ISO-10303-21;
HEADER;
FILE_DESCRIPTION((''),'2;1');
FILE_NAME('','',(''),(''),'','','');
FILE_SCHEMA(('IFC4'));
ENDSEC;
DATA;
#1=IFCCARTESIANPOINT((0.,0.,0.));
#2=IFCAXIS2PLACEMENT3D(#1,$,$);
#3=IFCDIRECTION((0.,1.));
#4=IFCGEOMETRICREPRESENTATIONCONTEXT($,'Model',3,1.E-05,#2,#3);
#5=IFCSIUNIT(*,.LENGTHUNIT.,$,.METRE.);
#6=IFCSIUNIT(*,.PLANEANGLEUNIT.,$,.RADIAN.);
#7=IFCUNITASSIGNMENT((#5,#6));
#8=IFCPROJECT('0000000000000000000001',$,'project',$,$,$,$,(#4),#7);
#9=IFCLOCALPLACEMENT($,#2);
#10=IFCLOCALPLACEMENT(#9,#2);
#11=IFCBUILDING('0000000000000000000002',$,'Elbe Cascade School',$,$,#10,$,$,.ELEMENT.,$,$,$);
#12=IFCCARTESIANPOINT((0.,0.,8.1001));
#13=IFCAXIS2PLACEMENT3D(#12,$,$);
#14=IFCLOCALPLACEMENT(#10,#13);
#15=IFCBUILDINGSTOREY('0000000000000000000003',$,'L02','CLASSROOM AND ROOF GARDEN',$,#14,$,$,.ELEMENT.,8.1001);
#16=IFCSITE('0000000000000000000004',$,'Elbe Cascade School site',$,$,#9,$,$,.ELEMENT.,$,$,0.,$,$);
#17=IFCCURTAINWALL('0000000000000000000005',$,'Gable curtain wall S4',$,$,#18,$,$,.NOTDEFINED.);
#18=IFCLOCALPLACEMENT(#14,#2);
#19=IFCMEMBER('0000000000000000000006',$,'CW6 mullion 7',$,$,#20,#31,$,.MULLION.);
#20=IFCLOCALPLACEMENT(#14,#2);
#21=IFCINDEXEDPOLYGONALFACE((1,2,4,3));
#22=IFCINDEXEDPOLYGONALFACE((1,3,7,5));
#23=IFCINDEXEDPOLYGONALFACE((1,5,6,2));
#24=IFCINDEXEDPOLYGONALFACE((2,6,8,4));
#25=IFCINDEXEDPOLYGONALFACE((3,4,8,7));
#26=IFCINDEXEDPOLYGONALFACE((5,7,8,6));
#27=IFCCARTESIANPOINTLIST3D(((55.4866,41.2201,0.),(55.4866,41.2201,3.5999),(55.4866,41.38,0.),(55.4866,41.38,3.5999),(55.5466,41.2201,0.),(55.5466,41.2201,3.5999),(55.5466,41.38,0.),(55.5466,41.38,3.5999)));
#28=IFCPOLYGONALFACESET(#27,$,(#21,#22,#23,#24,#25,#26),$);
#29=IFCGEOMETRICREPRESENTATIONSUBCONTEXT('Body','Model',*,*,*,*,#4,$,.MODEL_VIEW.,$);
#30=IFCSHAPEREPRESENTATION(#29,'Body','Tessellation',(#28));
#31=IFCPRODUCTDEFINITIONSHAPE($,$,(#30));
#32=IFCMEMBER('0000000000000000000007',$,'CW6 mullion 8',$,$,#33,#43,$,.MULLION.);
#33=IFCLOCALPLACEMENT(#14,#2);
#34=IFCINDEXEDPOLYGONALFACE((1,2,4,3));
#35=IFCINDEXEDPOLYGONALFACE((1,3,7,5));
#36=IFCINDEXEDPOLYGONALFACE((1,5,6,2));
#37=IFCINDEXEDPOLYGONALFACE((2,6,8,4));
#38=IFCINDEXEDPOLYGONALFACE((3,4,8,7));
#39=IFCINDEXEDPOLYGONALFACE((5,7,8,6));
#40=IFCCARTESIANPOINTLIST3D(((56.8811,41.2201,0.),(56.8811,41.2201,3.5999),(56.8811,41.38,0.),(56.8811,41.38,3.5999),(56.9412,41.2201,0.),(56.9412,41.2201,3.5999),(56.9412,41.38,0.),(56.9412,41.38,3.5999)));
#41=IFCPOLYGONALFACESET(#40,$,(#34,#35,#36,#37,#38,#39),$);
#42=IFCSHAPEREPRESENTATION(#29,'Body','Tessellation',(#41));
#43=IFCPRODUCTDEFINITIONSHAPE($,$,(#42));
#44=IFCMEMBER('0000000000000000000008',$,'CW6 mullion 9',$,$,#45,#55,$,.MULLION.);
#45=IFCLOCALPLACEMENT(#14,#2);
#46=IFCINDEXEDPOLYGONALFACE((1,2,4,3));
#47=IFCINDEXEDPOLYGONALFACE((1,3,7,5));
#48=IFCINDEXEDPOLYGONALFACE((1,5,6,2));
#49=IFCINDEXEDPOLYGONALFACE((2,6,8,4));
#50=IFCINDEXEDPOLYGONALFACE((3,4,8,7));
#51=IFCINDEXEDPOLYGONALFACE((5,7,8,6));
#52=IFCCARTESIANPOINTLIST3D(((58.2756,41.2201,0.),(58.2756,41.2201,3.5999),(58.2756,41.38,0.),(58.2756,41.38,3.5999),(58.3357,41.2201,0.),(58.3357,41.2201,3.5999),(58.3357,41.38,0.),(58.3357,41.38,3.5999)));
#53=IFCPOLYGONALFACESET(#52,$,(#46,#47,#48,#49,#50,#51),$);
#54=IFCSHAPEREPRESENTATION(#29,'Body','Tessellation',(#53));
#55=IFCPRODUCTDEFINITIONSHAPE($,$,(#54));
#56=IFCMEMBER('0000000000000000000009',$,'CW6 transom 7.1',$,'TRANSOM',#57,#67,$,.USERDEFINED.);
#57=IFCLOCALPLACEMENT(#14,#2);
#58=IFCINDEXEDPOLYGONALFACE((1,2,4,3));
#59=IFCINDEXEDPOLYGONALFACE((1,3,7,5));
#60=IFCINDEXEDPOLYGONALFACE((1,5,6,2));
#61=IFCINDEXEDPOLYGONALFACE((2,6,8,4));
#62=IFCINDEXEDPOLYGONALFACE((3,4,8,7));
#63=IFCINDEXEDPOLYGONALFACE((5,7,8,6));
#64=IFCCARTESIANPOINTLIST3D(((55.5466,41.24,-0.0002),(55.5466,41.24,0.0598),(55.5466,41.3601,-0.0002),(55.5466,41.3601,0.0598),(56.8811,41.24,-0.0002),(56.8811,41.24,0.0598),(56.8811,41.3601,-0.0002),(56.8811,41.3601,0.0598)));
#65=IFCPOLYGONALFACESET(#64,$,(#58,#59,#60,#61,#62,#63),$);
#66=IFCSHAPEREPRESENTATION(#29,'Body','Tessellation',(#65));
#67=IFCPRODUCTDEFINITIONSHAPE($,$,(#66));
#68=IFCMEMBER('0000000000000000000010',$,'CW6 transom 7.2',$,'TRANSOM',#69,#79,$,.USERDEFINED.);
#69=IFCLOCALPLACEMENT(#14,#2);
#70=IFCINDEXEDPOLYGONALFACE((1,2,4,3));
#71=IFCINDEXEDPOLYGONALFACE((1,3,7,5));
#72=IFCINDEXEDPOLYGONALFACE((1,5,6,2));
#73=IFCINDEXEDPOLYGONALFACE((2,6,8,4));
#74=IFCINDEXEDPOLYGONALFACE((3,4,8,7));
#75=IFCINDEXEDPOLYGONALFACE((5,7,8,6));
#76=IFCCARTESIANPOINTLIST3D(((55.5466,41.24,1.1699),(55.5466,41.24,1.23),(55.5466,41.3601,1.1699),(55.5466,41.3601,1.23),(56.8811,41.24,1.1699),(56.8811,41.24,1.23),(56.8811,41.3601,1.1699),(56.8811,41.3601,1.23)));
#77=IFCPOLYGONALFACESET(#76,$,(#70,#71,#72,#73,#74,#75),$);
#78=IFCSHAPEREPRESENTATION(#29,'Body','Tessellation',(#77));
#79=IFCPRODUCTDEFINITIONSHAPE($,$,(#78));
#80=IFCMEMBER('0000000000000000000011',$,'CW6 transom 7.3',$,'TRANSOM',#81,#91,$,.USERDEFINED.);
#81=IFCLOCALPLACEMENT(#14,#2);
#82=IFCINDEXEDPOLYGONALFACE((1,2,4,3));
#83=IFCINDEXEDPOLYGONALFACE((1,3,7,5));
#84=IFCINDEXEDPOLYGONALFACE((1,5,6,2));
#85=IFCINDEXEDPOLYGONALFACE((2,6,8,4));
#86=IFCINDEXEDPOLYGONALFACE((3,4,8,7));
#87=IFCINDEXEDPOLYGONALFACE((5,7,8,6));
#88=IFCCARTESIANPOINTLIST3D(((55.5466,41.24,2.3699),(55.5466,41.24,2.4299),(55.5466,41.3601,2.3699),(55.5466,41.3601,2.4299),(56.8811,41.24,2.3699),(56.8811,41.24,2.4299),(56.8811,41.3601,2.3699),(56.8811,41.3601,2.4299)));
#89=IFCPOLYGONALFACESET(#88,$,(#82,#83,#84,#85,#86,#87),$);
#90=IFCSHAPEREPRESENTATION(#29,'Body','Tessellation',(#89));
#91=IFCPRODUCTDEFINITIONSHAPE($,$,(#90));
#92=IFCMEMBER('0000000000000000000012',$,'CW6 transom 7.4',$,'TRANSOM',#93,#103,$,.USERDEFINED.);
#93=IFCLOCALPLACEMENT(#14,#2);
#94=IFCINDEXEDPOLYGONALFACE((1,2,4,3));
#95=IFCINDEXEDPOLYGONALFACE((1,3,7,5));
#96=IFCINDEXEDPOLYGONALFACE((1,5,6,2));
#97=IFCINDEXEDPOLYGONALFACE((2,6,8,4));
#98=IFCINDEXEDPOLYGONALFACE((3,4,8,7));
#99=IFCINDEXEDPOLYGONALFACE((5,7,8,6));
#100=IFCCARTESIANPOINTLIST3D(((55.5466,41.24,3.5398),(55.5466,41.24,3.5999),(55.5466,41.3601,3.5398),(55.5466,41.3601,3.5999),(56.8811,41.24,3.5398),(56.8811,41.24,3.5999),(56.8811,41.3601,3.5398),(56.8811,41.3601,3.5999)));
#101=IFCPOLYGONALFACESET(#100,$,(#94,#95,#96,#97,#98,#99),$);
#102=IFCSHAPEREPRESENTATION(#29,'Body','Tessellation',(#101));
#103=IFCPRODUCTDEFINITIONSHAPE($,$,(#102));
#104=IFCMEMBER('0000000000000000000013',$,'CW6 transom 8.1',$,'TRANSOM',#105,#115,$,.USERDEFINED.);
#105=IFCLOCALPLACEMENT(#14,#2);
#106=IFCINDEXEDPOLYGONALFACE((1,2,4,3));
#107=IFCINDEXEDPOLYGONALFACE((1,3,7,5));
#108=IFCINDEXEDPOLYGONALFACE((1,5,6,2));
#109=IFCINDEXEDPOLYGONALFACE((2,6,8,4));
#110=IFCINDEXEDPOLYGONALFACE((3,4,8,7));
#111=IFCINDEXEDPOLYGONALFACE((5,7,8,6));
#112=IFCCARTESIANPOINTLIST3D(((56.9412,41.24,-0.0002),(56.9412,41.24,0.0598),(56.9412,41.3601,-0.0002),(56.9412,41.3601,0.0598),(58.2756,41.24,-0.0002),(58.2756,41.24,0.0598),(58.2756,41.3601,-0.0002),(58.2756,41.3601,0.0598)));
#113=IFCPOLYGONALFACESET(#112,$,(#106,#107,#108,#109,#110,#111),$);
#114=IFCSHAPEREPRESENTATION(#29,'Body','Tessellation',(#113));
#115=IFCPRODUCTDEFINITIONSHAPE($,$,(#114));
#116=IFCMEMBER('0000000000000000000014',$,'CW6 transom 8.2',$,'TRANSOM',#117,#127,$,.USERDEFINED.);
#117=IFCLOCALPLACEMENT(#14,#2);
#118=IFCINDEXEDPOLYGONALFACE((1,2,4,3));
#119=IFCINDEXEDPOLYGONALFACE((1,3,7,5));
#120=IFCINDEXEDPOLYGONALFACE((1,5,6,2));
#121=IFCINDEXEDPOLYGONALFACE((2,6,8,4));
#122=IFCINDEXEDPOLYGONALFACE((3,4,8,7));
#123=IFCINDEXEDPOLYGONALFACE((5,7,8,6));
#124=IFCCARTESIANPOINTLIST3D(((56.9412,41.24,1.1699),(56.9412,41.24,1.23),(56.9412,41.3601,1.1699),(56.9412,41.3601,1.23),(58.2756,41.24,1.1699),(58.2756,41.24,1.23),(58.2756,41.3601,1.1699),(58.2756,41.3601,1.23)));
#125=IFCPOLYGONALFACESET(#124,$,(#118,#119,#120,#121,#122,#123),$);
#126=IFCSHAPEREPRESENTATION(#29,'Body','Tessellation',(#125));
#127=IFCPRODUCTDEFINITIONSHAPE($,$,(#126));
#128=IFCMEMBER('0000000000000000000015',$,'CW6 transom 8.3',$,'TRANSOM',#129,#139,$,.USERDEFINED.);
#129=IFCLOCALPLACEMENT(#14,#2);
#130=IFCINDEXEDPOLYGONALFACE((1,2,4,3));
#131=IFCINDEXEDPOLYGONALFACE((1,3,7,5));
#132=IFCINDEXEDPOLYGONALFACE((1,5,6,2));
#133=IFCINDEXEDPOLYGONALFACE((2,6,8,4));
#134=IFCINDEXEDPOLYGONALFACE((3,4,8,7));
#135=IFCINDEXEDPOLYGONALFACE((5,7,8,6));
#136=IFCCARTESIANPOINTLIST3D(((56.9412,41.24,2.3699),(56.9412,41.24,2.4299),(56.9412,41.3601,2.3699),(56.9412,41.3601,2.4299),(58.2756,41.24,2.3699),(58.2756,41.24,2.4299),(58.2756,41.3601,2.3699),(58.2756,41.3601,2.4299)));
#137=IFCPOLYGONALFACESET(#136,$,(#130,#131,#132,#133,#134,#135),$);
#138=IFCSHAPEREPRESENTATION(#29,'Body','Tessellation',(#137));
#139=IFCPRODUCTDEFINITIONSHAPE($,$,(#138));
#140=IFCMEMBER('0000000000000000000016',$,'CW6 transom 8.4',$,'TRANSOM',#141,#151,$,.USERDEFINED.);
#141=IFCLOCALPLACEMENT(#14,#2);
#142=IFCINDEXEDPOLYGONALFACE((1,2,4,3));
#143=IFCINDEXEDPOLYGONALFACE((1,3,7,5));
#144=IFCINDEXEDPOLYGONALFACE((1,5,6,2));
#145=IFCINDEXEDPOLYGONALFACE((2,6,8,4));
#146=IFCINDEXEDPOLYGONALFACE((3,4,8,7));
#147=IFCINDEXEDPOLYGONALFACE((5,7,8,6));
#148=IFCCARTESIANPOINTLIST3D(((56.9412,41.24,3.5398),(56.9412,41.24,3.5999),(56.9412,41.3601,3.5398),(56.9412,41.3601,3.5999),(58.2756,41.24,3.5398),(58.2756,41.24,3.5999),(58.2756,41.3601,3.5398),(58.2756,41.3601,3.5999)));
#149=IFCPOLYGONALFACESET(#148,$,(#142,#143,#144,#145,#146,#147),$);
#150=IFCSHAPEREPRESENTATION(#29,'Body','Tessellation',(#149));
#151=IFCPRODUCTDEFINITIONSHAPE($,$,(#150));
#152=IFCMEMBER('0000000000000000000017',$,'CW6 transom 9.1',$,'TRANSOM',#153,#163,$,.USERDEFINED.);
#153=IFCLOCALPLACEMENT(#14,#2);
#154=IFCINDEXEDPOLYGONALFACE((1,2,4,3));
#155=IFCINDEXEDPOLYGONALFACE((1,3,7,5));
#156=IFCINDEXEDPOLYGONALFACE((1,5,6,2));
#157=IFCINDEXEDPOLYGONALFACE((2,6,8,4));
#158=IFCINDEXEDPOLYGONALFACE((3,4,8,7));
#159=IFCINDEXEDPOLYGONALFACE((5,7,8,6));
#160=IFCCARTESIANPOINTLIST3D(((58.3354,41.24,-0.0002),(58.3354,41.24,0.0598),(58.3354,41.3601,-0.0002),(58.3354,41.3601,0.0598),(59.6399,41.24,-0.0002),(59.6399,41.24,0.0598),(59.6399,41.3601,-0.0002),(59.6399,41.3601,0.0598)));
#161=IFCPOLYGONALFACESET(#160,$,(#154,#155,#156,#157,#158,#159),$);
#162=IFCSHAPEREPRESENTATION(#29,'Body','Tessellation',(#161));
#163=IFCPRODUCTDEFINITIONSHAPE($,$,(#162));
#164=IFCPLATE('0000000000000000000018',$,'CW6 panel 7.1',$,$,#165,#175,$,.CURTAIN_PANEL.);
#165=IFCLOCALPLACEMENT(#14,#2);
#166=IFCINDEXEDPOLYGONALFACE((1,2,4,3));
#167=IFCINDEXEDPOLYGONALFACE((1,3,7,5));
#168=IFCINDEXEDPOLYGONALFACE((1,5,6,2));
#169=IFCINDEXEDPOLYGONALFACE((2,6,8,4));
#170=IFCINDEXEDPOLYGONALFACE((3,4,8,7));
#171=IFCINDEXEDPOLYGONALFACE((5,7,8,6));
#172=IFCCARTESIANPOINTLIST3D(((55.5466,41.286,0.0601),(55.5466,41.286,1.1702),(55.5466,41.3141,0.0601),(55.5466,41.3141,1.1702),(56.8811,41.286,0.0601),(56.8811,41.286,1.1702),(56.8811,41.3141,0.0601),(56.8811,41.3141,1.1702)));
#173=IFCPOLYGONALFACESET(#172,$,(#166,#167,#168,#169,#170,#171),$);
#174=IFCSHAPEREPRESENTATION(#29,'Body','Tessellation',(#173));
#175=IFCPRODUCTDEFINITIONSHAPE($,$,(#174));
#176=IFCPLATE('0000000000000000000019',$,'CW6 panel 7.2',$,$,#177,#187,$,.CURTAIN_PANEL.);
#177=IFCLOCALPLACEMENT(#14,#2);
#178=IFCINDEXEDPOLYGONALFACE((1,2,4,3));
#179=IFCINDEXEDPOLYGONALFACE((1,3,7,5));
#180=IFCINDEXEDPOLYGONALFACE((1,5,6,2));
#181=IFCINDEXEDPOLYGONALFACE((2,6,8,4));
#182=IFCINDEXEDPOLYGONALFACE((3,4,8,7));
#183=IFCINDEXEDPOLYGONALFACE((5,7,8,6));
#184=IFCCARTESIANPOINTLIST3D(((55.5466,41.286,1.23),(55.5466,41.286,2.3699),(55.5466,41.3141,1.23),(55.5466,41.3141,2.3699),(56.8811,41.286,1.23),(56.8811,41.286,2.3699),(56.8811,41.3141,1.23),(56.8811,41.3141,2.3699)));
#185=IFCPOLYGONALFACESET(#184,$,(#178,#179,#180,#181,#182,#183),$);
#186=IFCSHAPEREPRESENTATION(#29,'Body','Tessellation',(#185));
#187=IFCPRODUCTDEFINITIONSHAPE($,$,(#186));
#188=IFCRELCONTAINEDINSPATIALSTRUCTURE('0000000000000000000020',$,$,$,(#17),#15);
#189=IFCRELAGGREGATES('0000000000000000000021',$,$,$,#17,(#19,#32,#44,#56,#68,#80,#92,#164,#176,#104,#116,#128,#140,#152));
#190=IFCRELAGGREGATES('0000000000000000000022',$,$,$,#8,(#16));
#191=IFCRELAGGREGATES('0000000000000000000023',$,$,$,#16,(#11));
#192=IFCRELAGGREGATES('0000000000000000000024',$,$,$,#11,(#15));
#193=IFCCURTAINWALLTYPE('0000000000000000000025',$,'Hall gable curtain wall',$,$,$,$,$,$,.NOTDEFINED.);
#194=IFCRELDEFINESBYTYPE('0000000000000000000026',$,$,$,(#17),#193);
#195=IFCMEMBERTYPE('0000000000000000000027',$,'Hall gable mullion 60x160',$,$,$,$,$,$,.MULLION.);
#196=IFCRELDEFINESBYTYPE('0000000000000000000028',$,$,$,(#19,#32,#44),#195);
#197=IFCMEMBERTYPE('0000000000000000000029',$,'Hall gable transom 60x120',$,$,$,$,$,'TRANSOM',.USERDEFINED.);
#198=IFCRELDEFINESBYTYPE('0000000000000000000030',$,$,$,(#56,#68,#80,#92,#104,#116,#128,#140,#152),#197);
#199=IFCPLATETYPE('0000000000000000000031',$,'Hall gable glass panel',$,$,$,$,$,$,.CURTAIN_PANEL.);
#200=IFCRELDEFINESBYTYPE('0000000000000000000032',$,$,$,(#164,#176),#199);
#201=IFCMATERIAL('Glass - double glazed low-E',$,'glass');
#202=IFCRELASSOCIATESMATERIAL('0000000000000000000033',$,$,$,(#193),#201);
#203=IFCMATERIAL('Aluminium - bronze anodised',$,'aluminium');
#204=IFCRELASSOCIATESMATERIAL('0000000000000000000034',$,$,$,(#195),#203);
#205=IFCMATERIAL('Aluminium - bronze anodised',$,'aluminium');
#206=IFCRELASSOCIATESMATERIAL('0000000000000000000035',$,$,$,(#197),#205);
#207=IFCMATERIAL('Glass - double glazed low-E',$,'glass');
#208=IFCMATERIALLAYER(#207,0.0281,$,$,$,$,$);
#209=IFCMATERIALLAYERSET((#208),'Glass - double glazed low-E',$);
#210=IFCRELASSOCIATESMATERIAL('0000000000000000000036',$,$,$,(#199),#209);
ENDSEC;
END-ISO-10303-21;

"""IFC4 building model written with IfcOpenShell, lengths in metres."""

from ifc_helpers import new_model, si_unit, direction, frame, origin, origin_2d, place, context, subcontext, project, spatial, rectangle, extrude, material, layer, layer_set, material_profile, profile_set, type_object, element, aggregate, save


model = new_model("IFC4")

# Units and contexts
model_context = context("Model", 3, precision=1e-05, world=origin(), true_north=direction((0.0, 1.0)))
body_context = subcontext(model_context, "Body", "Model", "MODEL_VIEW")
ifc_project = project(units=[si_unit("LENGTHUNIT", "METRE"), si_unit("PLANEANGLEUNIT", "RADIAN")], contexts=[model_context])

# Site, building, storey
site_placement = place(None, origin())
site = spatial("IfcSite", under=ifc_project, at=site_placement, Name="Elbe Cascade School site", CompositionType="ELEMENT", RefElevation=0.0)
building_placement = place(site_placement, origin())
building = spatial("IfcBuilding", under=site, at=building_placement, Name="Elbe Cascade School", CompositionType="ELEMENT")
storey_placement = place(building_placement, frame((0.0, 0.0, 8.1001)))
storey = spatial("IfcBuildingStorey", under=building, at=storey_placement, Name="L02", Description="CLASSROOM AND ROOF GARDEN", CompositionType="ELEMENT", Elevation=8.1001)

# Curtain wall, members, plates
ifc_material_1 = material(Name="Glass - double glazed low-E", Category="glass")
curtain_wall_type = type_object("IfcCurtainWallType", Name="Hall gable curtain wall", PredefinedType="NOTDEFINED", material=ifc_material_1)
curtain_wall_placement = place(storey_placement, origin())
curtain_wall = element("IfcCurtainWall", 1, at=curtain_wall_placement, inside=storey, type_object=curtain_wall_type, Name="Gable curtain wall S4", PredefinedType="NOTDEFINED")
ifc_material_2 = material(Name="Aluminium - bronze anodised", Category="aluminium")
ifc_material_profile_1 = material_profile(ifc_material_2, rectangle(XDim=0.1599, YDim=0.0601, at=origin_2d()), Name="Alu 60x160")
ifc_profile_set_1 = profile_set([ifc_material_profile_1], Name="Aluminium - bronze anodised")
member_type_1 = type_object("IfcMemberType", Name="Hall gable mullion 60x160", PredefinedType="MULLION", material=ifc_profile_set_1)
member_1_placement = place(storey_placement, frame((55.5166, 41.3, 0.0), z_axis=(0.0, 0.0, 1.0), x_axis=(0.0, 1.0, 0.0)))
member_1 = element("IfcMember", 2, at=member_1_placement, type_object=member_type_1, Name="CW6 mullion 7", PredefinedType="MULLION", context=body_context, shape_type="SweptSolid", body=[
    extrude(rectangle(XDim=0.1599, YDim=0.0601, at=origin_2d()), origin(), (0.0, 0.0, 1.0), 3.5999),
])
member_2_placement = place(storey_placement, frame((56.9111, 41.3, 0.0), z_axis=(0.0, 0.0, 1.0), x_axis=(0.0, 1.0, 0.0)))
member_2 = element("IfcMember", 3, at=member_2_placement, type_object=member_type_1, Name="CW6 mullion 8", PredefinedType="MULLION", context=body_context, shape_type="SweptSolid", body=[
    extrude(rectangle(XDim=0.1599, YDim=0.0601, at=origin_2d()), origin(), (0.0, 0.0, 1.0), 3.5999),
])
member_3_placement = place(storey_placement, frame((58.3057, 41.3, 0.0), z_axis=(0.0, 0.0, 1.0), x_axis=(0.0, 1.0, 0.0)))
member_3 = element("IfcMember", 4, at=member_3_placement, type_object=member_type_1, Name="CW6 mullion 9", PredefinedType="MULLION", context=body_context, shape_type="SweptSolid", body=[
    extrude(rectangle(XDim=0.1599, YDim=0.0601, at=origin_2d()), origin(), (0.0, 0.0, 1.0), 3.5999),
])
ifc_material_3 = material(Name="Aluminium - bronze anodised", Category="aluminium")
ifc_material_profile_2 = material_profile(ifc_material_3, rectangle(XDim=0.1201, YDim=0.0601, at=origin_2d()), Name="Alu 60x120")
ifc_profile_set_2 = profile_set([ifc_material_profile_2], Name="Aluminium - bronze anodised")
member_type_2 = type_object("IfcMemberType", Name="Hall gable transom 60x120", ElementType="TRANSOM", PredefinedType="USERDEFINED", material=ifc_profile_set_2)
member_4_placement = place(storey_placement, frame((55.5466, 41.3, 0.0298), z_axis=(1.0, 0.0, 0.0), x_axis=(0.0, 1.0, 0.0)))
member_4 = element("IfcMember", 5, at=member_4_placement, type_object=member_type_2, Name="CW6 transom 7.1", ObjectType="TRANSOM", PredefinedType="USERDEFINED", context=body_context, shape_type="SweptSolid", body=[
    extrude(rectangle(XDim=0.1201, YDim=0.0601, at=origin_2d()), origin(), (0.0, 0.0, 1.0), 1.3345),
])
member_5_placement = place(storey_placement, frame((55.5466, 41.3, 1.2), z_axis=(1.0, 0.0, 0.0), x_axis=(0.0, 1.0, 0.0)))
member_5 = element("IfcMember", 6, at=member_5_placement, type_object=member_type_2, Name="CW6 transom 7.2", ObjectType="TRANSOM", PredefinedType="USERDEFINED", context=body_context, shape_type="SweptSolid", body=[
    extrude(rectangle(XDim=0.1201, YDim=0.0601, at=origin_2d()), origin(), (0.0, 0.0, 1.0), 1.3345),
])
member_6_placement = place(storey_placement, frame((55.5466, 41.3, 2.3999), z_axis=(1.0, 0.0, 0.0), x_axis=(0.0, 1.0, 0.0)))
member_6 = element("IfcMember", 7, at=member_6_placement, type_object=member_type_2, Name="CW6 transom 7.3", ObjectType="TRANSOM", PredefinedType="USERDEFINED", context=body_context, shape_type="SweptSolid", body=[
    extrude(rectangle(XDim=0.1201, YDim=0.0601, at=origin_2d()), origin(), (0.0, 0.0, 1.0), 1.3345),
])
member_7_placement = place(storey_placement, frame((55.5466, 41.3, 3.5698), z_axis=(1.0, 0.0, 0.0), x_axis=(0.0, 1.0, 0.0)))
member_7 = element("IfcMember", 8, at=member_7_placement, type_object=member_type_2, Name="CW6 transom 7.4", ObjectType="TRANSOM", PredefinedType="USERDEFINED", context=body_context, shape_type="SweptSolid", body=[
    extrude(rectangle(XDim=0.1201, YDim=0.0601, at=origin_2d()), origin(), (0.0, 0.0, 1.0), 1.3345),
])
member_8_placement = place(storey_placement, frame((56.9412, 41.3, 0.0298), z_axis=(1.0, 0.0, 0.0), x_axis=(0.0, 1.0, 0.0)))
member_8 = element("IfcMember", 9, at=member_8_placement, type_object=member_type_2, Name="CW6 transom 8.1", ObjectType="TRANSOM", PredefinedType="USERDEFINED", context=body_context, shape_type="SweptSolid", body=[
    extrude(rectangle(XDim=0.1201, YDim=0.0601, at=origin_2d()), origin(), (0.0, 0.0, 1.0), 1.3345),
])
member_9_placement = place(storey_placement, frame((56.9412, 41.3, 1.2), z_axis=(1.0, 0.0, 0.0), x_axis=(0.0, 1.0, 0.0)))
member_9 = element("IfcMember", 10, at=member_9_placement, type_object=member_type_2, Name="CW6 transom 8.2", ObjectType="TRANSOM", PredefinedType="USERDEFINED", context=body_context, shape_type="SweptSolid", body=[
    extrude(rectangle(XDim=0.1201, YDim=0.0601, at=origin_2d()), origin(), (0.0, 0.0, 1.0), 1.3345),
])
member_10_placement = place(storey_placement, frame((56.9412, 41.3, 2.3999), z_axis=(1.0, 0.0, 0.0), x_axis=(0.0, 1.0, 0.0)))
member_10 = element("IfcMember", 11, at=member_10_placement, type_object=member_type_2, Name="CW6 transom 8.3", ObjectType="TRANSOM", PredefinedType="USERDEFINED", context=body_context, shape_type="SweptSolid", body=[
    extrude(rectangle(XDim=0.1201, YDim=0.0601, at=origin_2d()), origin(), (0.0, 0.0, 1.0), 1.3345),
])
member_11_placement = place(storey_placement, frame((56.9412, 41.3, 3.5698), z_axis=(1.0, 0.0, 0.0), x_axis=(0.0, 1.0, 0.0)))
member_11 = element("IfcMember", 12, at=member_11_placement, type_object=member_type_2, Name="CW6 transom 8.4", ObjectType="TRANSOM", PredefinedType="USERDEFINED", context=body_context, shape_type="SweptSolid", body=[
    extrude(rectangle(XDim=0.1201, YDim=0.0601, at=origin_2d()), origin(), (0.0, 0.0, 1.0), 1.3345),
])
member_12_placement = place(storey_placement, frame((58.3354, 41.3, 0.0298), z_axis=(1.0, 0.0, 0.0), x_axis=(0.0, 1.0, 0.0)))
member_12 = element("IfcMember", 13, at=member_12_placement, type_object=member_type_2, Name="CW6 transom 9.1", ObjectType="TRANSOM", PredefinedType="USERDEFINED", context=body_context, shape_type="SweptSolid", body=[
    extrude(rectangle(XDim=0.1201, YDim=0.0601, at=origin_2d()), origin(), (0.0, 0.0, 1.0), 1.3044),
])
ifc_material_4 = material(Name="Glass - double glazed low-E", Category="glass")
ifc_layer = layer(ifc_material_4, 0.0281)
ifc_layer_set = layer_set([ifc_layer], Name="Glass - double glazed low-E")
plate_type = type_object("IfcPlateType", Name="Hall gable glass panel", PredefinedType="CURTAIN_PANEL", material=ifc_layer_set)
plate_1_placement = place(storey_placement, frame((56.2139, 41.3, 0.0601), z_axis=(0.0, 0.0, 1.0), x_axis=(1.0, 0.0, 0.0)))
plate_1 = element("IfcPlate", 14, at=plate_1_placement, type_object=plate_type, Name="CW6 panel 7.1", PredefinedType="CURTAIN_PANEL", context=body_context, shape_type="SweptSolid", body=[
    extrude(rectangle(XDim=1.3345, YDim=0.0281, at=origin_2d()), origin(), (0.0, 0.0, 1.0), 1.1101),
])
plate_2_placement = place(storey_placement, frame((56.2139, 41.3, 1.23), z_axis=(0.0, 0.0, 1.0), x_axis=(1.0, 0.0, 0.0)))
plate_2 = element("IfcPlate", 15, at=plate_2_placement, type_object=plate_type, Name="CW6 panel 7.2", PredefinedType="CURTAIN_PANEL", context=body_context, shape_type="SweptSolid", body=[
    extrude(rectangle(XDim=1.3345, YDim=0.0281, at=origin_2d()), origin(), (0.0, 0.0, 1.0), 1.1399),
])
aggregate(curtain_wall, [member_1, member_2, member_3, member_4, member_5, member_6, member_7, plate_1, plate_2, member_8, member_9, member_10, member_11, member_12])

save(model, "model.ifc")
